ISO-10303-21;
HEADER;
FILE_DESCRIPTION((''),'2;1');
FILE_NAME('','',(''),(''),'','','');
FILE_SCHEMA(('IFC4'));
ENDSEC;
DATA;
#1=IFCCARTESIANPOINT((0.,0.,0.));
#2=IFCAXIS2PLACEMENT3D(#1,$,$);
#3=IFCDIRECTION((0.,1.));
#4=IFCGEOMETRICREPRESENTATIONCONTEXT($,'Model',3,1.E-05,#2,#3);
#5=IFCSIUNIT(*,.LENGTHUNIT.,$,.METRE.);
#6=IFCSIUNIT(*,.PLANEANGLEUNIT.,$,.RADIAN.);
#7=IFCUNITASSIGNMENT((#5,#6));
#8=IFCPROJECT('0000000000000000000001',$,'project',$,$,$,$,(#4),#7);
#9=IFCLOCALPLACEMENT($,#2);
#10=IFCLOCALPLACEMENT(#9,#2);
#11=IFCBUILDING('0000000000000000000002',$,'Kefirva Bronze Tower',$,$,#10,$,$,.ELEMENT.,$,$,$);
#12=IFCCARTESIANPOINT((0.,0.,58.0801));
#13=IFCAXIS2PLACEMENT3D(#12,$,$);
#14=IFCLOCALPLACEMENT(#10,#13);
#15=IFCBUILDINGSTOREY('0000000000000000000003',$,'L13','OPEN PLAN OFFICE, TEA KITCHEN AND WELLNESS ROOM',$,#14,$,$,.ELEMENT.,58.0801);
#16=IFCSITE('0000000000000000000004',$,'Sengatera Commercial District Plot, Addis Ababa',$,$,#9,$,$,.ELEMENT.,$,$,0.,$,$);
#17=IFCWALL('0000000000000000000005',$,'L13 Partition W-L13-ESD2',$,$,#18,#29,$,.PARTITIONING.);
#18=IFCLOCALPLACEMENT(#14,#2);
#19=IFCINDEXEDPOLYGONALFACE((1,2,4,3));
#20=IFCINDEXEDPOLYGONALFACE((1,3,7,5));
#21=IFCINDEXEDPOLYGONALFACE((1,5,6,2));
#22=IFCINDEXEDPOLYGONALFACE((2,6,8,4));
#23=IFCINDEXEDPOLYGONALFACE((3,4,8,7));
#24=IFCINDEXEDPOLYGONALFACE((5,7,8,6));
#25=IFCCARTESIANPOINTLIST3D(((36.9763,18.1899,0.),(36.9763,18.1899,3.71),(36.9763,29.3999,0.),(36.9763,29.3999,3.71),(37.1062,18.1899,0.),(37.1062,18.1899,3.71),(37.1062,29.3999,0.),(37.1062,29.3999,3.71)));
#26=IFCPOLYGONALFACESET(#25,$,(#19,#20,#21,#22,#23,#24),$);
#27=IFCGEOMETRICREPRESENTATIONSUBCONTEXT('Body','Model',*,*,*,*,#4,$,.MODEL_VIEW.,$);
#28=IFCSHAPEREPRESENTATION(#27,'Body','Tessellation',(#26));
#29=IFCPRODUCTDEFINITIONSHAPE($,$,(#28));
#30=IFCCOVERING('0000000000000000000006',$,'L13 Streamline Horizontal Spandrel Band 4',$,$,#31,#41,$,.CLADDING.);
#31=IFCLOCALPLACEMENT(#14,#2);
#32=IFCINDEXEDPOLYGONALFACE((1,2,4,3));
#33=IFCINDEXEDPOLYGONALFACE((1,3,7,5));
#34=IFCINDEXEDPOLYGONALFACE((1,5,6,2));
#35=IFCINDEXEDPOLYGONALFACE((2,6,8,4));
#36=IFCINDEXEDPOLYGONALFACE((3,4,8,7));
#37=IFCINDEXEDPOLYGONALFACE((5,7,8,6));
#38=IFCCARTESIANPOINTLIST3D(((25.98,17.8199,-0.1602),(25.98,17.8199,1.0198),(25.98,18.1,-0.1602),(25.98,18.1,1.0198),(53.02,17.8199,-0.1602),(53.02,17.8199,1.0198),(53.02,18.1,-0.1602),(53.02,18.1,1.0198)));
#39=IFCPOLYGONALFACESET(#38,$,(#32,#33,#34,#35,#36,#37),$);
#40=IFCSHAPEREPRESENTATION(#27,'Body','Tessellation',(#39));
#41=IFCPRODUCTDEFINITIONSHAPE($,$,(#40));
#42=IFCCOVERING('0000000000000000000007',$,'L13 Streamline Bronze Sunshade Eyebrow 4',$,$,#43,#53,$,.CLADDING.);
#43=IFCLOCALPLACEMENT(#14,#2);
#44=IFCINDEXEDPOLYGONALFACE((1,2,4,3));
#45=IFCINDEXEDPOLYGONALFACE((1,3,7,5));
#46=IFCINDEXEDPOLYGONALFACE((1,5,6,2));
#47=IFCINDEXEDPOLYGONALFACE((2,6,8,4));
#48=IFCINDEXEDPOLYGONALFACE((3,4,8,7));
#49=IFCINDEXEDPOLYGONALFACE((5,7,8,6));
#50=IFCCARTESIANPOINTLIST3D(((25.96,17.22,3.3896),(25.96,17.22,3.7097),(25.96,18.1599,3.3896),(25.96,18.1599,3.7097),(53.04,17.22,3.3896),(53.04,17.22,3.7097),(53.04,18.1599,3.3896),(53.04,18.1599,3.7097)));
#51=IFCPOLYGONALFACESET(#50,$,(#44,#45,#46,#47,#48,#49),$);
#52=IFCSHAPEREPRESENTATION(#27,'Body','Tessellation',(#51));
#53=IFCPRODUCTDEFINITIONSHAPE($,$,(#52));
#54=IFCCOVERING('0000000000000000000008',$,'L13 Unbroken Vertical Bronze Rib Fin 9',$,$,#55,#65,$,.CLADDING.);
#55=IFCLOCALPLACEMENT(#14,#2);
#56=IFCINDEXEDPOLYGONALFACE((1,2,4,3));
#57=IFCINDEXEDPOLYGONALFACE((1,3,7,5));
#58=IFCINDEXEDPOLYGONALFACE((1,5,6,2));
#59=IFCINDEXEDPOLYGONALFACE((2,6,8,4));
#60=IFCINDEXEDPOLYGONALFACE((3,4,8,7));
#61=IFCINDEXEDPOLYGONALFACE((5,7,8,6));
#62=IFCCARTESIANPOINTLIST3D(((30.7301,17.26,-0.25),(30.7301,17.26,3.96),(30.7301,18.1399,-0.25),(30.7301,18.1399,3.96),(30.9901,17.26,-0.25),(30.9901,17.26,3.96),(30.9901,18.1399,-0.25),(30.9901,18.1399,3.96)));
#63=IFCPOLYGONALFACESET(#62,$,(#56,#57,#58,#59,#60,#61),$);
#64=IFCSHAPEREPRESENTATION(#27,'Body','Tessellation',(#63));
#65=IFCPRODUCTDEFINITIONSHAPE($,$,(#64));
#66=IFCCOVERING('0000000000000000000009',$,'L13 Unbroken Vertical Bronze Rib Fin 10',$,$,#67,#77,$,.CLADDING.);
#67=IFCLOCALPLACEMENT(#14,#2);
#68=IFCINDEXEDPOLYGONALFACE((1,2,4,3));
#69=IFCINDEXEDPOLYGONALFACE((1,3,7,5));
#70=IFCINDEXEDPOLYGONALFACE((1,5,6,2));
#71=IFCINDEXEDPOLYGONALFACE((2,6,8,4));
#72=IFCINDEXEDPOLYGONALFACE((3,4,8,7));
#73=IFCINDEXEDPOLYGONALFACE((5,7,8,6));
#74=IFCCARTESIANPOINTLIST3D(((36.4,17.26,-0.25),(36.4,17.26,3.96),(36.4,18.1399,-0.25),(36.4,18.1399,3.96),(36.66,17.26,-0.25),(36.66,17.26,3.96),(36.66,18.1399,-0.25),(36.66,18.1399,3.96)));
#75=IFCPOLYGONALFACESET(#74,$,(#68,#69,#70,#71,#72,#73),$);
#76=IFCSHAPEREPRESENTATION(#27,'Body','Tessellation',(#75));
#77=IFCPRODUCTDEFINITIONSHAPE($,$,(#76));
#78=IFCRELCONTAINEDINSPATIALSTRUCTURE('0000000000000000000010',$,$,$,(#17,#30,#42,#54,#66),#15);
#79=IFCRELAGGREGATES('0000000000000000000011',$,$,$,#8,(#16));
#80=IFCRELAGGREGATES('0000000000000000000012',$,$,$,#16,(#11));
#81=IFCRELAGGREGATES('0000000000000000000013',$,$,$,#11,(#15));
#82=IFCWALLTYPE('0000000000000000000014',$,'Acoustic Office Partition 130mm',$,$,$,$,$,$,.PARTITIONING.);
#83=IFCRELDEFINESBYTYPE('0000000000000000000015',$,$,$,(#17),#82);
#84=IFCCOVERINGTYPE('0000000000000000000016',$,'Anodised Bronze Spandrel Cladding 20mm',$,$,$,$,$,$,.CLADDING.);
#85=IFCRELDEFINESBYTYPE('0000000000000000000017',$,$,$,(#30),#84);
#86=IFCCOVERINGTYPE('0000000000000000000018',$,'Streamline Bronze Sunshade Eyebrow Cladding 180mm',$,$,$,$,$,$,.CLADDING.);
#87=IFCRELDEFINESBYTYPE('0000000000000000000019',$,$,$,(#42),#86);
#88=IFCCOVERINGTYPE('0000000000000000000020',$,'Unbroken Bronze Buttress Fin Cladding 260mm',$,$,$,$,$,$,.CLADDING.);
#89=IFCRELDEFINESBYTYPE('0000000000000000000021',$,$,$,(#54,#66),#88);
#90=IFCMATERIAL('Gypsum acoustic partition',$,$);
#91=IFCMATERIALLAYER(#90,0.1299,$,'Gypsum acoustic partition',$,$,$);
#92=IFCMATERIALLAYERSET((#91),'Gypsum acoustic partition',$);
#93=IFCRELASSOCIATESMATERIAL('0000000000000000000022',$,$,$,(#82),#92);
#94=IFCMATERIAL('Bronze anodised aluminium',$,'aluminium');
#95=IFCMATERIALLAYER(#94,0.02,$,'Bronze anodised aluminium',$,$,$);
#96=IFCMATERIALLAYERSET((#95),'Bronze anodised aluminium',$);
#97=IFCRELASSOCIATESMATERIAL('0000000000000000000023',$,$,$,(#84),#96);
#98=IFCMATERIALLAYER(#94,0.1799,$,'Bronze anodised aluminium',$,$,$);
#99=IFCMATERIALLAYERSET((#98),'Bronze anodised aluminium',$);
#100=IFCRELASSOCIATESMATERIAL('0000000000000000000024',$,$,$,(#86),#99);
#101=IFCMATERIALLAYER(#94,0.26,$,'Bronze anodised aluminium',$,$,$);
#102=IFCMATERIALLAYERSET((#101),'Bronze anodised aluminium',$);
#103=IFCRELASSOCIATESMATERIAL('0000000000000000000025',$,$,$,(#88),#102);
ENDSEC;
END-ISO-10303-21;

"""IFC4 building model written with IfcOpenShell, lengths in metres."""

from ifc_helpers import new_model, si_unit, direction, frame, frame_2d, origin, origin_2d, place, context, subcontext, project, spatial, rectangle, extrude, material, layer, layer_set, type_object, element, save


model = new_model("IFC4")

# Units and contexts
model_context = context("Model", 3, precision=1e-05, world=origin(), true_north=direction((0.0, 1.0)))
body_context = subcontext(model_context, "Body", "Model", "MODEL_VIEW")
ifc_project = project(units=[si_unit("LENGTHUNIT", "METRE"), si_unit("PLANEANGLEUNIT", "RADIAN")], contexts=[model_context])

# Site, building, storey
site_placement = place(None, origin())
site = spatial("IfcSite", under=ifc_project, at=site_placement, Name="Sengatera Commercial District Plot, Addis Ababa", CompositionType="ELEMENT", RefElevation=0.0)
building_placement = place(site_placement, origin())
building = spatial("IfcBuilding", under=site, at=building_placement, Name="Kefirva Bronze Tower", CompositionType="ELEMENT")
storey_placement = place(building_placement, frame((0.0, 0.0, 58.0801)))
storey = spatial("IfcBuildingStorey", under=building, at=storey_placement, Name="L13", Description="OPEN PLAN OFFICE, TEA KITCHEN AND WELLNESS ROOM", CompositionType="ELEMENT", Elevation=58.0801)

# Shared definitions
ifc_material_1 = material(Name="Bronze anodised aluminium", Category="aluminium")

# Wall
ifc_material_2 = material(Name="Gypsum acoustic partition")
ifc_layer_1 = layer(ifc_material_2, 0.1299, Name="Gypsum acoustic partition")
ifc_layer_set_1 = layer_set([ifc_layer_1], Name="Gypsum acoustic partition")
wall_type = type_object("IfcWallType", Name="Acoustic Office Partition 130mm", PredefinedType="PARTITIONING", material=ifc_layer_set_1)
wall_placement = place(storey_placement, frame((37.0413, 18.1899, 0.0), z_axis=(0.0, 0.0, 1.0), x_axis=(0.0, 1.0, 0.0)))
element("IfcWall", 1, at=wall_placement, inside=storey, type_object=wall_type, Name="L13 Partition W-L13-ESD2", PredefinedType="PARTITIONING", context=body_context, shape_type="SweptSolid", body=[
    extrude(rectangle(XDim=11.21, YDim=0.1299, at=frame_2d((5.605, 0.0))), origin(), (0.0, 0.0, 1.0), 3.71),
])

# Coverings
ifc_layer_2 = layer(ifc_material_1, 0.02, Name="Bronze anodised aluminium")
ifc_layer_set_2 = layer_set([ifc_layer_2], Name="Bronze anodised aluminium")
covering_type_1 = type_object("IfcCoveringType", Name="Anodised Bronze Spandrel Cladding 20mm", PredefinedType="CLADDING", material=ifc_layer_set_2)
covering_1_placement = place(storey_placement, frame((39.5, 17.96, -0.1602), z_axis=(0.0, 0.0, 1.0), x_axis=(1.0, 0.0, 0.0)))
element("IfcCovering", 2, at=covering_1_placement, inside=storey, type_object=covering_type_1, Name="L13 Streamline Horizontal Spandrel Band 4", PredefinedType="CLADDING", context=body_context, shape_type="SweptSolid", body=[
    extrude(rectangle(XDim=27.04, YDim=0.28, at=origin_2d()), origin(), (0.0, 0.0, 1.0), 1.1799),
])
ifc_layer_3 = layer(ifc_material_1, 0.1799, Name="Bronze anodised aluminium")
ifc_layer_set_3 = layer_set([ifc_layer_3], Name="Bronze anodised aluminium")
covering_type_2 = type_object("IfcCoveringType", Name="Streamline Bronze Sunshade Eyebrow Cladding 180mm", PredefinedType="CLADDING", material=ifc_layer_set_3)
covering_2_placement = place(storey_placement, frame((39.5, 17.6899, 3.3896), z_axis=(0.0, 0.0, 1.0), x_axis=(1.0, 0.0, 0.0)))
element("IfcCovering", 3, at=covering_2_placement, inside=storey, type_object=covering_type_2, Name="L13 Streamline Bronze Sunshade Eyebrow 4", PredefinedType="CLADDING", context=body_context, shape_type="SweptSolid", body=[
    extrude(rectangle(XDim=27.0801, YDim=0.9399, at=origin_2d()), origin(), (0.0, 0.0, 1.0), 0.3201),
])
ifc_layer_4 = layer(ifc_material_1, 0.26, Name="Bronze anodised aluminium")
ifc_layer_set_4 = layer_set([ifc_layer_4], Name="Bronze anodised aluminium")
covering_type_3 = type_object("IfcCoveringType", Name="Unbroken Bronze Buttress Fin Cladding 260mm", PredefinedType="CLADDING", material=ifc_layer_set_4)
for number, where, z_axis, x_axis, name in (
    (4, (30.8601, 17.7, -0.25), (0.0, 0.0, 1.0), (1.0, 0.0, 0.0), "L13 Unbroken Vertical Bronze Rib Fin 9"),
    (5, (36.53, 17.7, -0.25), (0.0, 0.0, 1.0), (1.0, 0.0, 0.0), "L13 Unbroken Vertical Bronze Rib Fin 10"),
):
    element("IfcCovering", number, at=place(storey_placement, frame(where, z_axis=z_axis, x_axis=x_axis)), inside=storey, type_object=covering_type_3, Name=name, PredefinedType="CLADDING", context=body_context, shape_type="SweptSolid", body=[
        extrude(rectangle(XDim=0.26, YDim=0.8799, at=origin_2d()), origin(), (0.0, 0.0, 1.0), 4.21),
    ])

save(model, "model.ifc")
